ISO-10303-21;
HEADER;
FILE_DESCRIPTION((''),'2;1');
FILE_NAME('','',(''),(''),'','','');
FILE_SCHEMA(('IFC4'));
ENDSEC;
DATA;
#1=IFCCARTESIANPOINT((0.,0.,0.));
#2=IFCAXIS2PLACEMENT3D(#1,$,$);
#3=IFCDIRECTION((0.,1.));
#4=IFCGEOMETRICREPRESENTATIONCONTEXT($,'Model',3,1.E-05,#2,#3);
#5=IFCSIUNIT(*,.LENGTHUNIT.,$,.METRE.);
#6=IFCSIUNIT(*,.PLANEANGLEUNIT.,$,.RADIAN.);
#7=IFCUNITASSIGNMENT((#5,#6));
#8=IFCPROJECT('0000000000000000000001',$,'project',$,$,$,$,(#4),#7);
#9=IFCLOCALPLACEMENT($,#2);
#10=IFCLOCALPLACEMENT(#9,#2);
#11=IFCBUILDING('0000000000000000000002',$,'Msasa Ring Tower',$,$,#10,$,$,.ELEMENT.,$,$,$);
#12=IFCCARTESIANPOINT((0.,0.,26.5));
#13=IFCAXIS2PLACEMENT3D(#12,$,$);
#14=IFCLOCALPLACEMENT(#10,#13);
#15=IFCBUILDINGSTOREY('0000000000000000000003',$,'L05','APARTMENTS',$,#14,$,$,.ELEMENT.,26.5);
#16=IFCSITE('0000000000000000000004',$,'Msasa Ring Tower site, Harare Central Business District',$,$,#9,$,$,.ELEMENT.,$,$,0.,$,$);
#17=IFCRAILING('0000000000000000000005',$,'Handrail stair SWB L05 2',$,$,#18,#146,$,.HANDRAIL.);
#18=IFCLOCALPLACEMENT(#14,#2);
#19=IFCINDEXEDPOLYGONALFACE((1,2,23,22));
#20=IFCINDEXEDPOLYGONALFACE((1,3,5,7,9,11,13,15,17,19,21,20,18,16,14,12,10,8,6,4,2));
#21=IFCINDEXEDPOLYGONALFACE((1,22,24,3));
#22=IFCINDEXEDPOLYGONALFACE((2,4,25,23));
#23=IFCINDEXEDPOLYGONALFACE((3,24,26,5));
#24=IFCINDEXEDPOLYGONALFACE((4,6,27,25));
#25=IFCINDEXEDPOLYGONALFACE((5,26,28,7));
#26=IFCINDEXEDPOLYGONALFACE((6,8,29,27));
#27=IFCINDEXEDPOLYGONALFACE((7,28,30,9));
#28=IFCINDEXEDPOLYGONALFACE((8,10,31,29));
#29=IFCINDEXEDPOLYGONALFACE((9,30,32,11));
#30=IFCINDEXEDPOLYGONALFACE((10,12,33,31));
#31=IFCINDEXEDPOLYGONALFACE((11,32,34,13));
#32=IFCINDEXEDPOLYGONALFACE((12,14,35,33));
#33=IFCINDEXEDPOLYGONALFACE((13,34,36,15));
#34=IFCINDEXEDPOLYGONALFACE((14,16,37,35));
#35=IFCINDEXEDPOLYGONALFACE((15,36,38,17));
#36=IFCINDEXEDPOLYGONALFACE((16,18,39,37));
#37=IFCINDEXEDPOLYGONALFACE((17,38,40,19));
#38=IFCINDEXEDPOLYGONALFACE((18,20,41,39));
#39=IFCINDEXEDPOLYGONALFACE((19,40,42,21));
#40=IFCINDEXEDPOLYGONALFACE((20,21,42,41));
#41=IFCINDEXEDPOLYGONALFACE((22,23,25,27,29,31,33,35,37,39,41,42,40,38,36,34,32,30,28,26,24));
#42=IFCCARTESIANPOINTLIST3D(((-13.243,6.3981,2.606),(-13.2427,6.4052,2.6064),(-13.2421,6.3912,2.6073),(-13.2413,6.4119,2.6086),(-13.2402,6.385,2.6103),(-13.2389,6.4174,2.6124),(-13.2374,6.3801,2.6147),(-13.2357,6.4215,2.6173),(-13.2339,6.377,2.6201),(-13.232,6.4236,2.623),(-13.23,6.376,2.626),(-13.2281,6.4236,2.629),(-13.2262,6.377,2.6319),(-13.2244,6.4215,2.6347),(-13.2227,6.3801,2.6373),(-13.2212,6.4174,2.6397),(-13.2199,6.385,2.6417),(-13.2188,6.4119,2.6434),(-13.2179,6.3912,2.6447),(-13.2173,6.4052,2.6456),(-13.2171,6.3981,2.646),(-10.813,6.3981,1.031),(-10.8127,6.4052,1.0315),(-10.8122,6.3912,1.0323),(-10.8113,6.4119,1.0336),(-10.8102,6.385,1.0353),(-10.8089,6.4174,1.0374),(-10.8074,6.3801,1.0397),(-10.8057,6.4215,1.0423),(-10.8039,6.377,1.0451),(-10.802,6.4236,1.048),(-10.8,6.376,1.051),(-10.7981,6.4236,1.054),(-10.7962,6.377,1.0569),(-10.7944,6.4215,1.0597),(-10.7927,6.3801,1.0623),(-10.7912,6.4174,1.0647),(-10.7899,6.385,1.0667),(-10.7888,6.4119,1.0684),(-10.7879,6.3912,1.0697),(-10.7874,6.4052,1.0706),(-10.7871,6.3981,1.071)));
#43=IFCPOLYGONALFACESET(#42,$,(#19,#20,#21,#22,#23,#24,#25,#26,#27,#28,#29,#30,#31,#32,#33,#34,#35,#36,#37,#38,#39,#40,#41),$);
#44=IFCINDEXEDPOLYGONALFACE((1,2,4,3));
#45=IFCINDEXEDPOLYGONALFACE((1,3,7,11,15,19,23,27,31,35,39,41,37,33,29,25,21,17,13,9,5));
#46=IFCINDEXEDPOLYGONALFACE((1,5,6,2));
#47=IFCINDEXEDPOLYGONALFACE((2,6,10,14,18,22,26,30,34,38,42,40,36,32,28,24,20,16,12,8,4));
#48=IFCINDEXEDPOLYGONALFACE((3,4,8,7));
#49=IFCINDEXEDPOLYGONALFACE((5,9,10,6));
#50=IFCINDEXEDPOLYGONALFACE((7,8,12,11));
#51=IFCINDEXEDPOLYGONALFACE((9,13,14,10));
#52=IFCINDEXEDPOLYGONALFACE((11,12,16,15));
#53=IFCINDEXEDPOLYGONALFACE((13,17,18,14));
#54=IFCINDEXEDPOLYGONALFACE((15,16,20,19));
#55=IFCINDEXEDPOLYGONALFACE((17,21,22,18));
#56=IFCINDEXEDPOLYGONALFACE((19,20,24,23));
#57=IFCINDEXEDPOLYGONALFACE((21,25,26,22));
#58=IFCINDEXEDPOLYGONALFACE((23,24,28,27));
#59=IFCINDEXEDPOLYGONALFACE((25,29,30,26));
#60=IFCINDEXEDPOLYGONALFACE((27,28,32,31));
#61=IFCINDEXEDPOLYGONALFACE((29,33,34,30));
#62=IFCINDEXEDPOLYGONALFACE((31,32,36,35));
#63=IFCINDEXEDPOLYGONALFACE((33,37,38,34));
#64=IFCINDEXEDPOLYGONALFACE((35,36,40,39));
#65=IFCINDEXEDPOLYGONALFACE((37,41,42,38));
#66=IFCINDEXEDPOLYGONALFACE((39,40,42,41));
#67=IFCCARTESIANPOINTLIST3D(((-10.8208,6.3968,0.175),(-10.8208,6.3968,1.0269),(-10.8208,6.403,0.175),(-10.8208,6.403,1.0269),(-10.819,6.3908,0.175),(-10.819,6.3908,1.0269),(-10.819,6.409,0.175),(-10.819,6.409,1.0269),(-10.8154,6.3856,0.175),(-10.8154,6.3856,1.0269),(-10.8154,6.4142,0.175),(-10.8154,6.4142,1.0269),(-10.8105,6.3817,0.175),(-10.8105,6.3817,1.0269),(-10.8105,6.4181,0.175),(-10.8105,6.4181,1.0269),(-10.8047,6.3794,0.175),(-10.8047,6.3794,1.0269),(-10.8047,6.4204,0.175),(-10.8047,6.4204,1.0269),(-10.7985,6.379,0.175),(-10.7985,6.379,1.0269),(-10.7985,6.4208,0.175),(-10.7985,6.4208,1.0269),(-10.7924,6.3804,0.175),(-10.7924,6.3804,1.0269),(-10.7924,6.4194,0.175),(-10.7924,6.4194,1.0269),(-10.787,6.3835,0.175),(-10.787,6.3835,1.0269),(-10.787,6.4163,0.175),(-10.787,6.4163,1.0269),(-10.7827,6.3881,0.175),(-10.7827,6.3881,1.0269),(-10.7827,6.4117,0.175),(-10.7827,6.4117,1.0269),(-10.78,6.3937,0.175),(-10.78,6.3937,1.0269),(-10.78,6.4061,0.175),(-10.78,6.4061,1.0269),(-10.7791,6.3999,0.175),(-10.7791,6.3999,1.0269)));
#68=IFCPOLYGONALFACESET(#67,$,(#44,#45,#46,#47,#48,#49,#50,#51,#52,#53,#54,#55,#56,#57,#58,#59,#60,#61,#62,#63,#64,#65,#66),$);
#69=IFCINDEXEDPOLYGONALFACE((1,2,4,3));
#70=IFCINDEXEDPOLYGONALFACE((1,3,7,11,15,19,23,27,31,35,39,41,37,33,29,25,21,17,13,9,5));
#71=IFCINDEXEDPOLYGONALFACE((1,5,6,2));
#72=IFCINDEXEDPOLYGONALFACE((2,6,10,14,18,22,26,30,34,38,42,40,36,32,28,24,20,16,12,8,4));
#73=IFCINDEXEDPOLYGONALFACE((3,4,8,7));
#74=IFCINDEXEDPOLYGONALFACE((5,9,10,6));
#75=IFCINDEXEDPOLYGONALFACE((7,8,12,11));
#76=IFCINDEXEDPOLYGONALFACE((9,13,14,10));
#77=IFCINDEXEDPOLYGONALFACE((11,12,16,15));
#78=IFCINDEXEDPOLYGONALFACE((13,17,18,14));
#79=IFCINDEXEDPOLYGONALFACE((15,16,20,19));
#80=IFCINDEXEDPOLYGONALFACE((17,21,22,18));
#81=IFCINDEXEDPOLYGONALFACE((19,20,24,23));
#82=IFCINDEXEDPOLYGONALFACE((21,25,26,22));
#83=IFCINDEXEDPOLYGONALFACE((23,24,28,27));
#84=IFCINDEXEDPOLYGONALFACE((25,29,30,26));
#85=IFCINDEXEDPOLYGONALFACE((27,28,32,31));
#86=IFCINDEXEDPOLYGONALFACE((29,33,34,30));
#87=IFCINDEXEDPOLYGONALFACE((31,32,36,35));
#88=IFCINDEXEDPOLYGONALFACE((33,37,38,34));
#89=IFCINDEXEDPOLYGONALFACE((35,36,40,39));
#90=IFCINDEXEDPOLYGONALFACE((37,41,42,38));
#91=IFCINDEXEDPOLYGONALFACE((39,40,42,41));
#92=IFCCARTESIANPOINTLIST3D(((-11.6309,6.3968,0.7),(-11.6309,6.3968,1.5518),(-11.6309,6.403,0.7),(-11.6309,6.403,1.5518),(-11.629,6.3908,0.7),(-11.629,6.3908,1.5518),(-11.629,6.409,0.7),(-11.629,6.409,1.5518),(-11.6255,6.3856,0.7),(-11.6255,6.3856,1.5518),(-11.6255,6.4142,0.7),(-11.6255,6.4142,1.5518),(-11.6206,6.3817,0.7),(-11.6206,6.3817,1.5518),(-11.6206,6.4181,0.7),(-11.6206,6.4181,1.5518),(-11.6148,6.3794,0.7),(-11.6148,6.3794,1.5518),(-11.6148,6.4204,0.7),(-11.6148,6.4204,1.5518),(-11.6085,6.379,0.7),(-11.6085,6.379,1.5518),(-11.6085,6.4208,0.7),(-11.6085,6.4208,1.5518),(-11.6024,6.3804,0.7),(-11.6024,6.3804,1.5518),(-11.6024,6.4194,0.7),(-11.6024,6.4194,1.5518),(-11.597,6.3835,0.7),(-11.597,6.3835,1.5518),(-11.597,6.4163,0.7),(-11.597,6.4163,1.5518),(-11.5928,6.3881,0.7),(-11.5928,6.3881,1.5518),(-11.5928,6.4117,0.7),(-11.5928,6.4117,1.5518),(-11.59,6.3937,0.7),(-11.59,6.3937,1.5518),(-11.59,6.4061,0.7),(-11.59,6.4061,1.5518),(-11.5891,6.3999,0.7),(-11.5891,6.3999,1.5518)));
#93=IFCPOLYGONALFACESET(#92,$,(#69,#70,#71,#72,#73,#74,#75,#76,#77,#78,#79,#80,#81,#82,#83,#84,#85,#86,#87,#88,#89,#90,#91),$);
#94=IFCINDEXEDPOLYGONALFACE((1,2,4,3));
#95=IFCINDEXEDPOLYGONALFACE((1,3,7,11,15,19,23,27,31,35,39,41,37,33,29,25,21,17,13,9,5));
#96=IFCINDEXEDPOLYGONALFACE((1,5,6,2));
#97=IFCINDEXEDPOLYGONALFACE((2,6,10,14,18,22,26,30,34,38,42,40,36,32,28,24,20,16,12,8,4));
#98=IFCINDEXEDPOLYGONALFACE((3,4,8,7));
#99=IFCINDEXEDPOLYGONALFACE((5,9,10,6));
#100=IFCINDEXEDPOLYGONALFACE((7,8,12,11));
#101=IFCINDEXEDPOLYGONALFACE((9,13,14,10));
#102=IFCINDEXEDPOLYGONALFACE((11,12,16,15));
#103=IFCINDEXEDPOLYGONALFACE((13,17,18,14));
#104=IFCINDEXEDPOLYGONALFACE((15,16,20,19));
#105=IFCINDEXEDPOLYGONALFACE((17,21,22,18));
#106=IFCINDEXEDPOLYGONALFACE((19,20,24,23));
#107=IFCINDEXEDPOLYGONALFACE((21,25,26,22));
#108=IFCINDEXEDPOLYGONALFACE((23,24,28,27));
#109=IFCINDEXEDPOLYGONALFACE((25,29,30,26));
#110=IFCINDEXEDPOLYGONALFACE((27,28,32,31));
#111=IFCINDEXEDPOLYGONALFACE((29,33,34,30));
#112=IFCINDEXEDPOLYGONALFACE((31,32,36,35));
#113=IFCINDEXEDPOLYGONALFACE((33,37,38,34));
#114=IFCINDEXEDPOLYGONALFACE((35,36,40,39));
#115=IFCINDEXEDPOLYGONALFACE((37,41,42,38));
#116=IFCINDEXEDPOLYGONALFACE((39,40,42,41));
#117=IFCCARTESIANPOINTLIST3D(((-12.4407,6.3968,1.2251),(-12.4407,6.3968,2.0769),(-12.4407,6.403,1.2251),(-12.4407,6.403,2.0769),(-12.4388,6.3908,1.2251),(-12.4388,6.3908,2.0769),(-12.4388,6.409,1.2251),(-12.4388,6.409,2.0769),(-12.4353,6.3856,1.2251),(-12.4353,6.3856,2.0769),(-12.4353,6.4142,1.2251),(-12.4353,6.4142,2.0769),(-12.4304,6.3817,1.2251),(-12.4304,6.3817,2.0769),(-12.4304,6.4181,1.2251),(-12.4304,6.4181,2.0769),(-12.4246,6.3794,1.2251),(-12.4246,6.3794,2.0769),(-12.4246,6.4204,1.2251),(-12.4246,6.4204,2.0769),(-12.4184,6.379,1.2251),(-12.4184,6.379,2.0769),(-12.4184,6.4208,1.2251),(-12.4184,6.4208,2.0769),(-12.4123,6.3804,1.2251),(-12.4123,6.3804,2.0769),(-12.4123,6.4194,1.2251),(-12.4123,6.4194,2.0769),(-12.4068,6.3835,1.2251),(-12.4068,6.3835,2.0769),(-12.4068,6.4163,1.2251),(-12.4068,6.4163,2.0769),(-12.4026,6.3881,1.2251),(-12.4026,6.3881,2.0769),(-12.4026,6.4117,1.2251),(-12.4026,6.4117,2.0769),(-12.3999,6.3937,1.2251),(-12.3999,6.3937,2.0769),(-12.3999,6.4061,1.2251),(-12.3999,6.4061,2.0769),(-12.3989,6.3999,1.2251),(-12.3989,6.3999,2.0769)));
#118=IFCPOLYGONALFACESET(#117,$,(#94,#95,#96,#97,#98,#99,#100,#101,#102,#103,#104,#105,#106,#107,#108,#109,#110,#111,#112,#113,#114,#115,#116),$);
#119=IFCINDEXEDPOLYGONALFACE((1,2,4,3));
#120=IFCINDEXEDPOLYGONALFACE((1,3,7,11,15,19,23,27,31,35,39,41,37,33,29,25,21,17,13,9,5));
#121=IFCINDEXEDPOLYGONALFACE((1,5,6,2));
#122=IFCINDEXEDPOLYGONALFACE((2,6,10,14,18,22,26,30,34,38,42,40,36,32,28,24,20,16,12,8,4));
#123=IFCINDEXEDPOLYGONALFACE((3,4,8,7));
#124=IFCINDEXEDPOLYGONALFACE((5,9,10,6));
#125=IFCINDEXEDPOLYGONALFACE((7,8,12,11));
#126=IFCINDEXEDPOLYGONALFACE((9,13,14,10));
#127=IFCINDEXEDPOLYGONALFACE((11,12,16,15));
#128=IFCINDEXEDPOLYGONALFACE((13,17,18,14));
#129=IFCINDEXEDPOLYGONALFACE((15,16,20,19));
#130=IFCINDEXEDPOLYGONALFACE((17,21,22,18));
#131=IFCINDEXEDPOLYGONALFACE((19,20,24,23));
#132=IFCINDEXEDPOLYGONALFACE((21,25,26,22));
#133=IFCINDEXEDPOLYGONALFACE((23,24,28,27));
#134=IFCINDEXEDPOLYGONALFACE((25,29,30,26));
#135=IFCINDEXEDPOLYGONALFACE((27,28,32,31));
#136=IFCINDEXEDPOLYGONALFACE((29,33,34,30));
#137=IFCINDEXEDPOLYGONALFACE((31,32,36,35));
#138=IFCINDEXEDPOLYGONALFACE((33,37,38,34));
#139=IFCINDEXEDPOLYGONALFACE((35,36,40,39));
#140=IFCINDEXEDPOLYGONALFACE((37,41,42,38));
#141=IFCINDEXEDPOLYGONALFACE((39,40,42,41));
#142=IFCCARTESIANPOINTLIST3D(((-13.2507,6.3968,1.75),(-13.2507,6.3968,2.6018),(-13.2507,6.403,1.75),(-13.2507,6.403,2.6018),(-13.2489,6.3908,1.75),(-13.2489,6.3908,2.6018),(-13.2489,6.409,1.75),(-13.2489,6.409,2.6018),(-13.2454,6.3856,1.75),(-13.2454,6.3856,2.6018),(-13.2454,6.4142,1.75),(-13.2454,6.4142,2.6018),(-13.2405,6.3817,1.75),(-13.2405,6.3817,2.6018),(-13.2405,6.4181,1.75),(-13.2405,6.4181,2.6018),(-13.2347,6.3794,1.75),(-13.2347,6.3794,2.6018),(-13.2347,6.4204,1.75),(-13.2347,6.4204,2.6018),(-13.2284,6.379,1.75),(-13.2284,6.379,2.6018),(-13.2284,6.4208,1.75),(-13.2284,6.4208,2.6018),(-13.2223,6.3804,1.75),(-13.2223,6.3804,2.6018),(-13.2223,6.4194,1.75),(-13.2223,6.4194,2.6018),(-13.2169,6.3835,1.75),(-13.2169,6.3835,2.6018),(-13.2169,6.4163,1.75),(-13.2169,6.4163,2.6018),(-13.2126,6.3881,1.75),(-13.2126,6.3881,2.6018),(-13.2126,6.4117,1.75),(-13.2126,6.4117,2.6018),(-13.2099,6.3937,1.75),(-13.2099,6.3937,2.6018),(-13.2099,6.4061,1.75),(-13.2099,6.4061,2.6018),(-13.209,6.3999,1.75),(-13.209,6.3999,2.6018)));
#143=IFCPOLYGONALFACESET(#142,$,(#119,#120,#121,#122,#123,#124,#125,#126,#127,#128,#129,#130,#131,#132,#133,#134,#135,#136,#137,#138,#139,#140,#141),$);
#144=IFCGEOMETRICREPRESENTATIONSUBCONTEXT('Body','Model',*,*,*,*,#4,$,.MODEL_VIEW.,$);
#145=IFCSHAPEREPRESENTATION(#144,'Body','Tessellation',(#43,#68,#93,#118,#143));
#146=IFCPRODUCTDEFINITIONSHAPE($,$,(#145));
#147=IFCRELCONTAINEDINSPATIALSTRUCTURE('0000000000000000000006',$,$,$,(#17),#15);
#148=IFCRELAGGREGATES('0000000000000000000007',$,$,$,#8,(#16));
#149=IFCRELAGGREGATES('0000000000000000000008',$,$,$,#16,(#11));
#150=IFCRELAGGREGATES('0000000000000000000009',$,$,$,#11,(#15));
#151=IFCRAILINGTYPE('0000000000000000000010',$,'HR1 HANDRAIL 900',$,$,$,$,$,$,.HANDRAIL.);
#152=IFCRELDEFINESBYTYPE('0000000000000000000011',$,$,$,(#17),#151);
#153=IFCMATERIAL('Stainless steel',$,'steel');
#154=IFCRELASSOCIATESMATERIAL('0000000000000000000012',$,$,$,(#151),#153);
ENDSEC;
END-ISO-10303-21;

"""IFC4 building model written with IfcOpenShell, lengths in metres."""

from ifc_helpers import new_model, si_unit, direction, frame, origin, origin_2d, place, context, subcontext, project, spatial, circle, extrude, material, type_object, element, save


model = new_model("IFC4")

# Units and contexts
model_context = context("Model", 3, precision=1e-05, world=origin(), true_north=direction((0.0, 1.0)))
body_context = subcontext(model_context, "Body", "Model", "MODEL_VIEW")
ifc_project = project(units=[si_unit("LENGTHUNIT", "METRE"), si_unit("PLANEANGLEUNIT", "RADIAN")], contexts=[model_context])

# Site, building, storey
site_placement = place(None, origin())
site = spatial("IfcSite", under=ifc_project, at=site_placement, Name="Msasa Ring Tower site, Harare Central Business District", CompositionType="ELEMENT", RefElevation=0.0)
building_placement = place(site_placement, origin())
building = spatial("IfcBuilding", under=site, at=building_placement, Name="Msasa Ring Tower", CompositionType="ELEMENT")
storey_placement = place(building_placement, frame((0.0, 0.0, 26.5)))
storey = spatial("IfcBuildingStorey", under=building, at=storey_placement, Name="L05", Description="APARTMENTS", CompositionType="ELEMENT", Elevation=26.5)

# Railing
ifc_material_1 = material(Name="Stainless steel", Category="steel")
railing_type = type_object("IfcRailingType", Name="HR1 HANDRAIL 900", PredefinedType="HANDRAIL", material=ifc_material_1)
for number, where, name in (
    (1, (-10.8, 6.3999, 0.175), "Handrail stair SWB L05 2"),
):
    element("IfcRailing", number, at=place(storey_placement, frame(where)), inside=storey, type_object=railing_type, Name=name, PredefinedType="HANDRAIL", context=body_context, shape_type="SweptSolid", body=[
        extrude(circle(Radius=0.0239, at=origin_2d()), frame((0.0, 0.0, 0.876), z_axis=(-0.839154, 0.0, 0.543894), x_axis=(0.0, -1.0, 0.0)), (0.0, 0.0, 1.0), 2.8958),
        extrude(circle(Radius=0.021, at=origin_2d()), origin(), (0.0, 0.0, 1.0), 0.8518),
        extrude(circle(Radius=0.021, at=origin_2d()), frame((-0.8101, 0.0, 0.5249)), (0.0, 0.0, 1.0), 0.8518),
        extrude(circle(Radius=0.021, at=origin_2d()), frame((-1.6199, 0.0, 1.05)), (0.0, 0.0, 1.0), 0.8518),
        extrude(circle(Radius=0.021, at=origin_2d()), frame((-2.4299, 0.0, 1.575)), (0.0, 0.0, 1.0), 0.8518),
    ])

save(model, "model.ifc")
